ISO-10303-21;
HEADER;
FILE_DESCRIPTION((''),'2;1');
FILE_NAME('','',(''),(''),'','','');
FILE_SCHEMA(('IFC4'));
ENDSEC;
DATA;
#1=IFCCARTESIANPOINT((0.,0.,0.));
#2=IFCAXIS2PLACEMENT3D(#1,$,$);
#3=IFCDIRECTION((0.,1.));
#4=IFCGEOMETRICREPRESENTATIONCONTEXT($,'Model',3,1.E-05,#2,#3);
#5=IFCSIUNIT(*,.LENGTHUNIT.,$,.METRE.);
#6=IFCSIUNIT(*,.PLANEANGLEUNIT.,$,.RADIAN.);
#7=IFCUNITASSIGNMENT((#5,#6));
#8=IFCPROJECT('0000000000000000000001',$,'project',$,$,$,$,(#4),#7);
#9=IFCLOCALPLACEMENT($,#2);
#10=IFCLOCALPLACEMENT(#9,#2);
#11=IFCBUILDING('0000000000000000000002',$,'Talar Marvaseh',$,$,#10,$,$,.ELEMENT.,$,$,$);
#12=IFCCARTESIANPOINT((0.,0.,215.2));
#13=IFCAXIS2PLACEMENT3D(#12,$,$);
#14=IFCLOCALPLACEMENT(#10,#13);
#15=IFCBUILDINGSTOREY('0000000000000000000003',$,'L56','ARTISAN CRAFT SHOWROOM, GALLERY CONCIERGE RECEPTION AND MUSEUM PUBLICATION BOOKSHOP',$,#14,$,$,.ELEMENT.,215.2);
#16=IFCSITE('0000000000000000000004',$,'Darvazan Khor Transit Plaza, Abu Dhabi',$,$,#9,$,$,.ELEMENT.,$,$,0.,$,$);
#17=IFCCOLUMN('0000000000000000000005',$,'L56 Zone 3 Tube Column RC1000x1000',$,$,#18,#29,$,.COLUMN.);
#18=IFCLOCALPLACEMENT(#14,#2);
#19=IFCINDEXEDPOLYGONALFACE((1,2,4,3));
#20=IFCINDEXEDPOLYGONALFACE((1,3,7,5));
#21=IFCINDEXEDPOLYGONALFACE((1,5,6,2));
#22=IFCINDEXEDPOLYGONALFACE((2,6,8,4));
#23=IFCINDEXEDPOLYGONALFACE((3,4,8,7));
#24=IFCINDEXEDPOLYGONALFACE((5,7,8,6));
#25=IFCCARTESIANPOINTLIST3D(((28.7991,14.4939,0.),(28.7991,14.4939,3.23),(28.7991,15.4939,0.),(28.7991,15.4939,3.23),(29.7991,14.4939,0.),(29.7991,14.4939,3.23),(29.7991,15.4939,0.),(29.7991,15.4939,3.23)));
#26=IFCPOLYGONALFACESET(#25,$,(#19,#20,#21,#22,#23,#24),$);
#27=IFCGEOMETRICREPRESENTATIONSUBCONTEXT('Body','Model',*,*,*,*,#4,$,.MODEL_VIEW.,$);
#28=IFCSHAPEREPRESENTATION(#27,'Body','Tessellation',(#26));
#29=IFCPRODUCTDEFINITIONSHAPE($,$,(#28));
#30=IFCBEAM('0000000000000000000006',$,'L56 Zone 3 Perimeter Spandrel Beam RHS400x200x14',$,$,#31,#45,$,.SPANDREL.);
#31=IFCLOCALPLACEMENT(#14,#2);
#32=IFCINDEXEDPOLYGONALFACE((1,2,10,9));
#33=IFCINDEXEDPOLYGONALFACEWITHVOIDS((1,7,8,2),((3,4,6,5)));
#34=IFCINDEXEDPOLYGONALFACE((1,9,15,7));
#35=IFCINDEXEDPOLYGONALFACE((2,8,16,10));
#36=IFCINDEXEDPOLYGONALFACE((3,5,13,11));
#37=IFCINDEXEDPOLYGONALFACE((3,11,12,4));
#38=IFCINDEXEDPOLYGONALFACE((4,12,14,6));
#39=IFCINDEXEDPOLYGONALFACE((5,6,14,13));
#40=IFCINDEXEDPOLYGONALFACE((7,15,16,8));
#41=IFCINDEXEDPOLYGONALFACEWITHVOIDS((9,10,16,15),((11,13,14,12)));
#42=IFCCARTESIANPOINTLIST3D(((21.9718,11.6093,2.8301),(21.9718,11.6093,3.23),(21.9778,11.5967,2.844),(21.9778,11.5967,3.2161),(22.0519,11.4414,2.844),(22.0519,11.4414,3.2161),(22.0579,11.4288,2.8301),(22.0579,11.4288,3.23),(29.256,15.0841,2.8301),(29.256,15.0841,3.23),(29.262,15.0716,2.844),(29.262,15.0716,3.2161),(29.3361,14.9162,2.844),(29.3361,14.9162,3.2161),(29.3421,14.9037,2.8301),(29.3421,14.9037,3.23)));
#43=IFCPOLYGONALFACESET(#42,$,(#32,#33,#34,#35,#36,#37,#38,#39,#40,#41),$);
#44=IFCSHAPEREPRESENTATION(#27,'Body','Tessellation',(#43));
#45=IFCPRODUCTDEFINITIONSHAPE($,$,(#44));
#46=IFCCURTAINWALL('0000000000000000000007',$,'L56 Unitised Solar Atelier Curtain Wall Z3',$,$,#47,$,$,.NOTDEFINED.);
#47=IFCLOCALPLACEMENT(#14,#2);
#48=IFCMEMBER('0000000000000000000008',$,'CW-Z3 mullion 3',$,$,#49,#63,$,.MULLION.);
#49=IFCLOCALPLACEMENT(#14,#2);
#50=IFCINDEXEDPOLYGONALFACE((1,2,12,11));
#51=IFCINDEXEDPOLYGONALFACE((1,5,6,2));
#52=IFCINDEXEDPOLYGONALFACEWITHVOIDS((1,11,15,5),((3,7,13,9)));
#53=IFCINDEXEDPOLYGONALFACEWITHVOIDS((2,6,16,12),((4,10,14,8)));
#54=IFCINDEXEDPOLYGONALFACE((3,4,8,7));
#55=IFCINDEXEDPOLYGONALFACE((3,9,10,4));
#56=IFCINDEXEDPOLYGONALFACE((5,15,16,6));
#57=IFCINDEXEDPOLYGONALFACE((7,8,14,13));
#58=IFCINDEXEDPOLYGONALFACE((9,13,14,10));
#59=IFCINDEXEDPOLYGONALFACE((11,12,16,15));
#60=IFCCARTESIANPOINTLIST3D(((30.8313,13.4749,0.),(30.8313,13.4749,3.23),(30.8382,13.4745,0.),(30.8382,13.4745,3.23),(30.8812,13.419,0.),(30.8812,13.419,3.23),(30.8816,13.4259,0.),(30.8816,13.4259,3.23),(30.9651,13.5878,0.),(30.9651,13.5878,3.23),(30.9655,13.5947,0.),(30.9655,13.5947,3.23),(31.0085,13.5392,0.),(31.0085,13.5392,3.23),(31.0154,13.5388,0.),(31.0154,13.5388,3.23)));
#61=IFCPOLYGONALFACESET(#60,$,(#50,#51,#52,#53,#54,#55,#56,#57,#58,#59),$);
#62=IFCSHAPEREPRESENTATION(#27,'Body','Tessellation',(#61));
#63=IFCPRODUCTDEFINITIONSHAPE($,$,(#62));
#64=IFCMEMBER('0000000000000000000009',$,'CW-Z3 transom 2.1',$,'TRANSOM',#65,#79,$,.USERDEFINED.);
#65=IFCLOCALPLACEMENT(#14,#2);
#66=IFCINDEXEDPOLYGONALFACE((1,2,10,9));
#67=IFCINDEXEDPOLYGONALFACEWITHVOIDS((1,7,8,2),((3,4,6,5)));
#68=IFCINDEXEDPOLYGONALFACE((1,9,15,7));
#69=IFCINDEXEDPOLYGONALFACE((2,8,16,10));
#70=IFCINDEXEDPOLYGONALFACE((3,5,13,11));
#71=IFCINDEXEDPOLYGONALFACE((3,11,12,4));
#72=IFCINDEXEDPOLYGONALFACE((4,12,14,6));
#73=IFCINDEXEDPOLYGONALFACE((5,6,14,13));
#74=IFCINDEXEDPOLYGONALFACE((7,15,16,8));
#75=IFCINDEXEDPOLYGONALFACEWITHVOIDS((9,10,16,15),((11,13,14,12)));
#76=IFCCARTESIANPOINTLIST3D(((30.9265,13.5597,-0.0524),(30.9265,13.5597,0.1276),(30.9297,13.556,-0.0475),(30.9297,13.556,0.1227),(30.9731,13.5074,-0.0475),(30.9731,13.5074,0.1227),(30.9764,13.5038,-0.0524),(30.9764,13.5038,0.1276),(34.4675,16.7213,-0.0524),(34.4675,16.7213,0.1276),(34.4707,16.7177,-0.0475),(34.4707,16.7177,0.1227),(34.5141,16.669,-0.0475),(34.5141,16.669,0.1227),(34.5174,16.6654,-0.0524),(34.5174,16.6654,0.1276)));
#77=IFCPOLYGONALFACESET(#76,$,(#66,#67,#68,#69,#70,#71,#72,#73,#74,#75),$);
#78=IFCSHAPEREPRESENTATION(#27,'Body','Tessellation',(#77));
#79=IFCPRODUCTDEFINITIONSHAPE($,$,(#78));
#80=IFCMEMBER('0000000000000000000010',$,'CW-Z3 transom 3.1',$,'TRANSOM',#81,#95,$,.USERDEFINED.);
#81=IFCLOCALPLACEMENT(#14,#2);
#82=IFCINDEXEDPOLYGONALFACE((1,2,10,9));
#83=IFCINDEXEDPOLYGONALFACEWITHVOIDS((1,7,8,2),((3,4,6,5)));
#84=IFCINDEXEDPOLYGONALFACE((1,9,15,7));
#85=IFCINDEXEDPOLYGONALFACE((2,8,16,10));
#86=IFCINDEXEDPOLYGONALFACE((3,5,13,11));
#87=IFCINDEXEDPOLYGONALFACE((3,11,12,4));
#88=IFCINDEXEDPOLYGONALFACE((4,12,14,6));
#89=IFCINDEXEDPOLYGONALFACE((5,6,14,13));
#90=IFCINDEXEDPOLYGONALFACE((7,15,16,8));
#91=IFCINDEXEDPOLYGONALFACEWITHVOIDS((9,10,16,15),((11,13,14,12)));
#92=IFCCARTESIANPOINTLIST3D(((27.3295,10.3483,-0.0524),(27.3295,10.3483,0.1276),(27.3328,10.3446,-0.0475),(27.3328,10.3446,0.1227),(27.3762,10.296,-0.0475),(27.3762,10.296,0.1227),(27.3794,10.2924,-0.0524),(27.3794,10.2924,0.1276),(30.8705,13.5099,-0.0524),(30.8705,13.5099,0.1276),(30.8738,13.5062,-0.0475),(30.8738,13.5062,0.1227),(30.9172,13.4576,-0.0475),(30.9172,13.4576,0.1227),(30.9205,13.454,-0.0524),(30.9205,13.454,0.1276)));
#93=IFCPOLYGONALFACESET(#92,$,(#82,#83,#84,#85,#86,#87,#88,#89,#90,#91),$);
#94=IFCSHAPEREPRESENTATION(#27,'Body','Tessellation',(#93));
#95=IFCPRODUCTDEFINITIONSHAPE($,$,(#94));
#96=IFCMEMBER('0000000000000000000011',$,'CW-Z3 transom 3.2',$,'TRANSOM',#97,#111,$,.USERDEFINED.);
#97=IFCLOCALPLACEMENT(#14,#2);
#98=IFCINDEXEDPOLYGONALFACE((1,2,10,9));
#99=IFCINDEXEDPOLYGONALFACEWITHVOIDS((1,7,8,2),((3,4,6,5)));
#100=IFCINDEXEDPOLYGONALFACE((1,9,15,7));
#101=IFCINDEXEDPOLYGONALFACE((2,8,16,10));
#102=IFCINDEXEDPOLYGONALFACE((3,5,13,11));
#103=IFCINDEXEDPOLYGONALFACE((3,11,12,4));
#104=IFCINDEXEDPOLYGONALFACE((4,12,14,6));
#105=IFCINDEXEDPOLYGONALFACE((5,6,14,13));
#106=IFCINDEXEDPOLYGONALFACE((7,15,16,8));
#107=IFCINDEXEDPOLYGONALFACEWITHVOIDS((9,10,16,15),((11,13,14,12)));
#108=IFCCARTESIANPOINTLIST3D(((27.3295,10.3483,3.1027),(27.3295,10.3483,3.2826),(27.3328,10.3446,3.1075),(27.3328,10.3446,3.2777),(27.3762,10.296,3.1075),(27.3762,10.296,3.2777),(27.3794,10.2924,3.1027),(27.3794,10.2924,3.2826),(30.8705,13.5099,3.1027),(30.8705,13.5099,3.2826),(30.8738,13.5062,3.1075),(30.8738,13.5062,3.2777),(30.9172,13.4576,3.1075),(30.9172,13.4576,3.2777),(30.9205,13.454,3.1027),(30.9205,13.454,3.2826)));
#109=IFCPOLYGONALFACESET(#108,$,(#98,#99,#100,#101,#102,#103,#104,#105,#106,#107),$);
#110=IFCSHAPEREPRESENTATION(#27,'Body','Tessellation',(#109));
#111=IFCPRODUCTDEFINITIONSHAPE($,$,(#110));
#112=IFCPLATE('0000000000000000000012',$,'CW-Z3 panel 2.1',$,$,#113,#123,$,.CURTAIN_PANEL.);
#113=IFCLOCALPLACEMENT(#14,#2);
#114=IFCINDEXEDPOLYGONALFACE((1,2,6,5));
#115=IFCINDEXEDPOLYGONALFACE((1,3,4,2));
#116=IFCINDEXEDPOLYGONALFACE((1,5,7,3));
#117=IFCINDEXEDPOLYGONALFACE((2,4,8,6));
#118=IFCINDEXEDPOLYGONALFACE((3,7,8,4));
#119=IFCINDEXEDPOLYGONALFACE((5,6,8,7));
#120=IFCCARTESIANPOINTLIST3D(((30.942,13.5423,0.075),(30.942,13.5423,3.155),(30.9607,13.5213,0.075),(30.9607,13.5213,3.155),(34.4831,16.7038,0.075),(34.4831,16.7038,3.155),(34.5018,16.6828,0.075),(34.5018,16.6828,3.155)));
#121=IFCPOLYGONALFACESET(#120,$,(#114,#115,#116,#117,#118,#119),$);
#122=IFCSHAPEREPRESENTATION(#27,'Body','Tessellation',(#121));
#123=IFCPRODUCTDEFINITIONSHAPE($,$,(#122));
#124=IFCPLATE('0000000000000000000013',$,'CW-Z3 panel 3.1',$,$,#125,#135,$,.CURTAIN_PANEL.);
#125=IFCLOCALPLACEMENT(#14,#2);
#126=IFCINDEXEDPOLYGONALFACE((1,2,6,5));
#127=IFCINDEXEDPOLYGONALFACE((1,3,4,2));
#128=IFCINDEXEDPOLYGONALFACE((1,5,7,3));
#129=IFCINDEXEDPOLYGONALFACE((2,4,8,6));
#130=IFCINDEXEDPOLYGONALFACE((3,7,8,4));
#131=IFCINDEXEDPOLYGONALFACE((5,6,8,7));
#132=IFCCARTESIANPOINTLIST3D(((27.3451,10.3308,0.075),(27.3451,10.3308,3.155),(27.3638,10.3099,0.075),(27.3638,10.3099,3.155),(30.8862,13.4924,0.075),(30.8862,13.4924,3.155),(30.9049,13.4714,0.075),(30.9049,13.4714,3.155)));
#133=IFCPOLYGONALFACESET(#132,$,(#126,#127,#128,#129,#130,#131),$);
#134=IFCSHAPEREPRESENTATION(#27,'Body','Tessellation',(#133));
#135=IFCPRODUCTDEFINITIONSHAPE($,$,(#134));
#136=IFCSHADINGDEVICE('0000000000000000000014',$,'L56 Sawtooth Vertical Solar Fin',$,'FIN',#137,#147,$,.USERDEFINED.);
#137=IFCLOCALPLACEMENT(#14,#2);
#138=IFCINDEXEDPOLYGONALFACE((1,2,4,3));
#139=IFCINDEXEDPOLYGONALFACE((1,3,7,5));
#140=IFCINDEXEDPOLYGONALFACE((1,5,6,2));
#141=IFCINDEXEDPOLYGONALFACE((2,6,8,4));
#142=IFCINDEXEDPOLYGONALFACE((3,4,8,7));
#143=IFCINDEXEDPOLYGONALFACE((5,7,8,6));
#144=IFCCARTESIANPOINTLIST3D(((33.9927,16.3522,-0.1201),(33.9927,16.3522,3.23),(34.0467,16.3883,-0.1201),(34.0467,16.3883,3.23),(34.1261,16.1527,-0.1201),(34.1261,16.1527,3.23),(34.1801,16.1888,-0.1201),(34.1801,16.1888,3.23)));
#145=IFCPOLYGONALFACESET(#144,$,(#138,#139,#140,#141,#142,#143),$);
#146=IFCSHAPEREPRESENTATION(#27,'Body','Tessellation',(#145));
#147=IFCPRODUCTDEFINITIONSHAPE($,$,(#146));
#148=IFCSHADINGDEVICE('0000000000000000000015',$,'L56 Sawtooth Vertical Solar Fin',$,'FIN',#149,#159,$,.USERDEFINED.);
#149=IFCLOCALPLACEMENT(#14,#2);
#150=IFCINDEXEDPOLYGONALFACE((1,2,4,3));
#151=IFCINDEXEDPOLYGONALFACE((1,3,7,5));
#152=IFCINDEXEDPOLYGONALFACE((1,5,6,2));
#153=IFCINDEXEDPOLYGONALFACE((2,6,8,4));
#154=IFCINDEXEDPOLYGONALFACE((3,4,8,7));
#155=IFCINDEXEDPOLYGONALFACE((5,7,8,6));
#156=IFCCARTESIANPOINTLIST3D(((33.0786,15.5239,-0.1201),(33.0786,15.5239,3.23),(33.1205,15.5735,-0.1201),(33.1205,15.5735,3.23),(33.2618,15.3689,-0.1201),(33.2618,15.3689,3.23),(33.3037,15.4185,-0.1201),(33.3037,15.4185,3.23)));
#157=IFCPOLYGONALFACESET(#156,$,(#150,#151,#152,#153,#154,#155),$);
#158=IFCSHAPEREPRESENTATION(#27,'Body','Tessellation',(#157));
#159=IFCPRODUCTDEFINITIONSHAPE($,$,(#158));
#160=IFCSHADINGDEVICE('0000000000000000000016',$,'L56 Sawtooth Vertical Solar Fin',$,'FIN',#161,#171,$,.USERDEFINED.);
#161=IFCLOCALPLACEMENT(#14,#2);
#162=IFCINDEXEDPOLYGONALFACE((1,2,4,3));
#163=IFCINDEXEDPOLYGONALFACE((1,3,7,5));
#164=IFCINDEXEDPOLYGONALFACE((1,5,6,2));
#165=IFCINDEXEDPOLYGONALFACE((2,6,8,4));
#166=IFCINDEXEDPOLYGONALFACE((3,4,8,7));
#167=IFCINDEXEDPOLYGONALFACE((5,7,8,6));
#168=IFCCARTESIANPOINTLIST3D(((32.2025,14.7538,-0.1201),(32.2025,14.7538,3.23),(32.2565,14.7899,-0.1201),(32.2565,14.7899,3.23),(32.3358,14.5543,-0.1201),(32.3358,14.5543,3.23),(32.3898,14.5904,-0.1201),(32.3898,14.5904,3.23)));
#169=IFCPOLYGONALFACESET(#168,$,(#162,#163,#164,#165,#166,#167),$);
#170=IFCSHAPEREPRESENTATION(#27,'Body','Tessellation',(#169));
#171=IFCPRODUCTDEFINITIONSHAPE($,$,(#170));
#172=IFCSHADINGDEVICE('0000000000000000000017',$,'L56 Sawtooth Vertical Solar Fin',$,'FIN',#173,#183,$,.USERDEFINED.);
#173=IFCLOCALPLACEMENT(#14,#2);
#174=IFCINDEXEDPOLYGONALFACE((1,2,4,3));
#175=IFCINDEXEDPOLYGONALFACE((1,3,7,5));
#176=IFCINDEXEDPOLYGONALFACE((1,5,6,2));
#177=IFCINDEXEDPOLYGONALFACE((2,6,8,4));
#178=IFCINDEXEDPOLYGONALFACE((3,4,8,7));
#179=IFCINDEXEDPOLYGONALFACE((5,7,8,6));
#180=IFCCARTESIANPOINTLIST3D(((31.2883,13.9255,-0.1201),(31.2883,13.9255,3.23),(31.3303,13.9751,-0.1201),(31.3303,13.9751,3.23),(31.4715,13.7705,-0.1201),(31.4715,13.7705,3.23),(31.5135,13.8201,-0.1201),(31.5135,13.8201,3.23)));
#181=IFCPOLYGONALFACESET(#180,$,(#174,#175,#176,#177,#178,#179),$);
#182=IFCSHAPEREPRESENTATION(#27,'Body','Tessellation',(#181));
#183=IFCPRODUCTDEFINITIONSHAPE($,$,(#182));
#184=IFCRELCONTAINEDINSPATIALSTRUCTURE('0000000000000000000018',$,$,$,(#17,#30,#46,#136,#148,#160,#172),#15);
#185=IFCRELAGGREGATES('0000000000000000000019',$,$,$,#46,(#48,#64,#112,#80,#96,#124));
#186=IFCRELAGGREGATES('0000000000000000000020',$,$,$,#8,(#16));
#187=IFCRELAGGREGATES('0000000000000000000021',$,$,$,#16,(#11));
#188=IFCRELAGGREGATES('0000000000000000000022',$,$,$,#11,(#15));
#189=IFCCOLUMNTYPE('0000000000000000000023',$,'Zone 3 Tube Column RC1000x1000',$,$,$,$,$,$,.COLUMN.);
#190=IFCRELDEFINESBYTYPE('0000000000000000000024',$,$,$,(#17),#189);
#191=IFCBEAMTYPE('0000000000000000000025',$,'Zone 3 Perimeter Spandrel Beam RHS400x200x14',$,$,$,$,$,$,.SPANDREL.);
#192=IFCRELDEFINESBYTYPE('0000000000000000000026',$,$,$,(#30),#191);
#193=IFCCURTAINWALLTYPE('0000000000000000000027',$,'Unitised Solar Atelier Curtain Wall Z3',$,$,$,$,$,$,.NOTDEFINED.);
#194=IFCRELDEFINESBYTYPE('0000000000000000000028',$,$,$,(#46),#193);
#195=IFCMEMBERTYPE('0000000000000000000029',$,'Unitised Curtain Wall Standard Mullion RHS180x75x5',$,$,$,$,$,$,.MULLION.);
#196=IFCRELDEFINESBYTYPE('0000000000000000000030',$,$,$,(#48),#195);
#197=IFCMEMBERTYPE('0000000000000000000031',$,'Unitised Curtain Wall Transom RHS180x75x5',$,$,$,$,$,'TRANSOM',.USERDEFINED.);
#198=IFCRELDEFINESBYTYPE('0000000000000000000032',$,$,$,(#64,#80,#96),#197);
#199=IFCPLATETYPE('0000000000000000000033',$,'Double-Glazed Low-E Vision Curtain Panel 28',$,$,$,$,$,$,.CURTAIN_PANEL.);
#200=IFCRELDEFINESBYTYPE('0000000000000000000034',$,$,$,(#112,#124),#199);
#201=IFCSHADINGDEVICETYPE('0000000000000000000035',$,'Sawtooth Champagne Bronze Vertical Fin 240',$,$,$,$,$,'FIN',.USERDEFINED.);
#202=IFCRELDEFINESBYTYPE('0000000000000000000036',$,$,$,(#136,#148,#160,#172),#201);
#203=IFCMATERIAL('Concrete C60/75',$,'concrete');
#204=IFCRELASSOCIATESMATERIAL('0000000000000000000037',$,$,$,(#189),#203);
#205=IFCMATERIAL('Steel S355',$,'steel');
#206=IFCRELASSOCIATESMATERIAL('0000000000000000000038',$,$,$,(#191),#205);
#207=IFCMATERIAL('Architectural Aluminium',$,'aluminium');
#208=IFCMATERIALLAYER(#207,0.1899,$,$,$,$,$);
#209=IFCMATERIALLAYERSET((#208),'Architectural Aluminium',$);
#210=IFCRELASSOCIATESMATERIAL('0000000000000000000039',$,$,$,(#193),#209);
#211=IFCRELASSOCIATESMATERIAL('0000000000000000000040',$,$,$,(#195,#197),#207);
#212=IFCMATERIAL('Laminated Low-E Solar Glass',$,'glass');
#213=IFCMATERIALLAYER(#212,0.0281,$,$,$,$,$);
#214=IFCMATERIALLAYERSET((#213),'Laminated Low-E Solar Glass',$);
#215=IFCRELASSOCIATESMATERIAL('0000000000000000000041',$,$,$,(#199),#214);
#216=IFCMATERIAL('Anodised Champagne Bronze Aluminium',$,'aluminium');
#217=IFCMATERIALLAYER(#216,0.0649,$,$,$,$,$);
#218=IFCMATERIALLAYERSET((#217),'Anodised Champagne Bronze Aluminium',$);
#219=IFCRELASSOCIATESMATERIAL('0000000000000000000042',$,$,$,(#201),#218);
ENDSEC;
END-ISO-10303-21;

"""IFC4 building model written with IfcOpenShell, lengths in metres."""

from ifc_helpers import new_model, si_unit, direction, frame, origin, origin_2d, place, context, subcontext, project, spatial, rectangle, hollow_rectangle, extrude, source, transform, mapped, material, layer, layer_set, material_profile, profile_set, type_object, type_shapes, element, aggregate, save


model = new_model("IFC4")

# Units and contexts
model_context = context("Model", 3, precision=1e-05, world=origin(), true_north=direction((0.0, 1.0)))
body_context = subcontext(model_context, "Body", "Model", "MODEL_VIEW")
ifc_project = project(units=[si_unit("LENGTHUNIT", "METRE"), si_unit("PLANEANGLEUNIT", "RADIAN")], contexts=[model_context])

# Site, building, storey
site_placement = place(None, origin())
site = spatial("IfcSite", under=ifc_project, at=site_placement, Name="Darvazan Khor Transit Plaza, Abu Dhabi", CompositionType="ELEMENT", RefElevation=0.0)
building_placement = place(site_placement, origin())
building = spatial("IfcBuilding", under=site, at=building_placement, Name="Talar Marvaseh", CompositionType="ELEMENT")
storey_placement = place(building_placement, frame((0.0, 0.0, 215.2)))
storey = spatial("IfcBuildingStorey", under=building, at=storey_placement, Name="L56", Description="ARTISAN CRAFT SHOWROOM, GALLERY CONCIERGE RECEPTION AND MUSEUM PUBLICATION BOOKSHOP", CompositionType="ELEMENT", Elevation=215.2)

# Column
ifc_material_1 = material(Name="Concrete C60/75", Category="concrete")
ifc_material_profile_1 = material_profile(ifc_material_1, rectangle(XDim=1.0, YDim=1.0, at=origin_2d()), Name="RC1000x1000")
ifc_profile_set_1 = profile_set([ifc_material_profile_1], Name="Concrete C60/75")
column_type = type_object("IfcColumnType", Name="Zone 3 Tube Column RC1000x1000", PredefinedType="COLUMN", material=ifc_profile_set_1)
column_placement = place(storey_placement, frame((29.2991, 14.9939, 0.0), z_axis=(0.0, 0.0, 1.0), x_axis=(1.0, 0.0, 0.0)))
element("IfcColumn", 1, at=column_placement, inside=storey, type_object=column_type, Name="L56 Zone 3 Tube Column RC1000x1000", PredefinedType="COLUMN", context=body_context, shape_type="SweptSolid", body=[
    extrude(rectangle(XDim=1.0, YDim=1.0, at=origin_2d()), origin(), (0.0, 0.0, 1.0), 3.23),
])

# Beam
ifc_material_2 = material(Name="Steel S355", Category="steel")
ifc_material_profile_2 = material_profile(ifc_material_2, hollow_rectangle(XDim=0.2, YDim=0.3999, WallThickness=0.0139, at=origin_2d()), Name="RHS400x200x14")
ifc_profile_set_2 = profile_set([ifc_material_profile_2], Name="Steel S355")
beam_type = type_object("IfcBeamType", Name="Zone 3 Perimeter Spandrel Beam RHS400x200x14", PredefinedType="SPANDREL", material=ifc_profile_set_2)
beam_placement = place(storey_placement, frame((29.2991, 14.9939, 3.03), z_axis=(-0.902562, -0.430559, 0.0), x_axis=(0.430559, -0.902562, 0.0)))
element("IfcBeam", 2, at=beam_placement, inside=storey, type_object=beam_type, Name="L56 Zone 3 Perimeter Spandrel Beam RHS400x200x14", PredefinedType="SPANDREL", context=body_context, shape_type="SweptSolid", body=[
    extrude(hollow_rectangle(XDim=0.2, YDim=0.3999, WallThickness=0.0139, at=origin_2d()), origin(), (0.0, 0.0, 1.0), 8.0706),
])

# Curtain wall, members, plates
ifc_material_3 = material(Name="Architectural Aluminium", Category="aluminium")
ifc_layer_1 = layer(ifc_material_3, 0.1899)
ifc_layer_set_1 = layer_set([ifc_layer_1], Name="Architectural Aluminium")
curtain_wall_type = type_object("IfcCurtainWallType", Name="Unitised Solar Atelier Curtain Wall Z3", PredefinedType="NOTDEFINED", material=ifc_layer_set_1)
curtain_wall_placement = place(storey_placement, origin())
curtain_wall = element("IfcCurtainWall", 3, at=curtain_wall_placement, inside=storey, type_object=curtain_wall_type, Name="L56 Unitised Solar Atelier Curtain Wall Z3", PredefinedType="NOTDEFINED")
ifc_material_profile_3 = material_profile(ifc_material_3, hollow_rectangle(XDim=0.075, YDim=0.1799, WallThickness=0.0049, at=origin_2d()), Name="RHS180x75x5")
ifc_profile_set_3 = profile_set([ifc_material_profile_3], Name="Architectural Aluminium")
member_type_1 = type_object("IfcMemberType", Name="Unitised Curtain Wall Standard Mullion RHS180x75x5", PredefinedType="MULLION", material=ifc_profile_set_3)
shared_shape_1 = source(origin(), body_context, "Body", "SweptSolid", [
    extrude(hollow_rectangle(XDim=0.075, YDim=0.1799, WallThickness=0.0049, at=origin_2d()), origin(), (0.0, 0.0, 1.0), 3.23),
])
type_shapes(member_type_1, [shared_shape_1])
member_1_placement = place(storey_placement, frame((30.9233, 13.5068, 0.0), z_axis=(0.0, 0.0, 1.0), x_axis=(0.665998, -0.745954, 0.0)))
member_1 = element("IfcMember", 4, at=member_1_placement, type_object=member_type_1, Name="CW-Z3 mullion 3", PredefinedType="MULLION", context=body_context, shape_type="MappedRepresentation", body=[
    mapped(shared_shape_1, transform((0.0, 0.0, 0.0), x_axis=(1.0, 0.0, 0.0), y_axis=(0.0, 1.0, 0.0), z_axis=(0.0, 0.0, 1.0), scale=1.0)),
])
ifc_material_profile_4 = material_profile(ifc_material_3, hollow_rectangle(XDim=0.075, YDim=0.1799, WallThickness=0.0049, at=origin_2d()), Name="RHS180x75x5")
ifc_profile_set_4 = profile_set([ifc_material_profile_4], Name="Architectural Aluminium")
member_type_2 = type_object("IfcMemberType", Name="Unitised Curtain Wall Transom RHS180x75x5", ElementType="TRANSOM", PredefinedType="USERDEFINED", material=ifc_profile_set_4)
shared_shape_2 = source(origin(), body_context, "Body", "SweptSolid", [
    extrude(hollow_rectangle(XDim=0.075, YDim=0.1799, WallThickness=0.0049, at=origin_2d()), origin(), (0.0, 0.0, 1.0), 4.7471),
])
type_shapes(member_type_2, [shared_shape_2])
member_2_placement = place(storey_placement, frame((34.4924, 16.6934, 0.0376), z_axis=(-0.745938, -0.666016, 0.0), x_axis=(0.666016, -0.745938, 0.0)))
member_2 = element("IfcMember", 5, at=member_2_placement, type_object=member_type_2, Name="CW-Z3 transom 2.1", ObjectType="TRANSOM", PredefinedType="USERDEFINED", context=body_context, shape_type="MappedRepresentation", body=[
    mapped(shared_shape_2, transform((0.0, 0.0, 0.0), x_axis=(1.0, 0.0, 0.0), y_axis=(0.0, 1.0, 0.0), z_axis=(0.0, 0.0, 1.0), scale=1.0)),
])
member_3_placement = place(storey_placement, frame((30.8955, 13.4819, 0.0376), z_axis=(-0.745938, -0.666016, 0.0), x_axis=(0.666016, -0.745938, 0.0)))
member_3 = element("IfcMember", 6, at=member_3_placement, type_object=member_type_2, Name="CW-Z3 transom 3.1", ObjectType="TRANSOM", PredefinedType="USERDEFINED", context=body_context, shape_type="MappedRepresentation", body=[
    mapped(shared_shape_2, transform((0.0, 0.0, 0.0), x_axis=(1.0, 0.0, 0.0), y_axis=(0.0, 1.0, 0.0), z_axis=(0.0, 0.0, 1.0), scale=1.0)),
])
member_4_placement = place(storey_placement, frame((30.8955, 13.4819, 3.1926), z_axis=(-0.745938, -0.666016, 0.0), x_axis=(0.666016, -0.745938, 0.0)))
member_4 = element("IfcMember", 7, at=member_4_placement, type_object=member_type_2, Name="CW-Z3 transom 3.2", ObjectType="TRANSOM", PredefinedType="USERDEFINED", context=body_context, shape_type="MappedRepresentation", body=[
    mapped(shared_shape_2, transform((0.0, 0.0, 0.0), x_axis=(1.0, 0.0, 0.0), y_axis=(0.0, 1.0, 0.0), z_axis=(0.0, 0.0, 1.0), scale=1.0)),
])
ifc_material_4 = material(Name="Laminated Low-E Solar Glass", Category="glass")
ifc_layer_2 = layer(ifc_material_4, 0.0281)
ifc_layer_set_2 = layer_set([ifc_layer_2], Name="Laminated Low-E Solar Glass")
plate_type = type_object("IfcPlateType", Name="Double-Glazed Low-E Vision Curtain Panel 28", PredefinedType="CURTAIN_PANEL", material=ifc_layer_set_2)
shared_shape_3 = source(origin(), body_context, "Body", "SweptSolid", [
    extrude(rectangle(XDim=4.7471, YDim=0.0281, at=origin_2d()), origin(), (0.0, 0.0, 1.0), 3.0801),
])
type_shapes(plate_type, [shared_shape_3])
plate_1_placement = place(storey_placement, frame((32.7219, 15.1125, 0.075), z_axis=(0.0, 0.0, 1.0), x_axis=(-0.745954, -0.665998, 0.0)))
plate_1 = element("IfcPlate", 8, at=plate_1_placement, type_object=plate_type, Name="CW-Z3 panel 2.1", PredefinedType="CURTAIN_PANEL", context=body_context, shape_type="MappedRepresentation", body=[
    mapped(shared_shape_3, transform((0.0, 0.0, 0.0), x_axis=(1.0, 0.0, 0.0), y_axis=(0.0, 1.0, 0.0), z_axis=(0.0, 0.0, 1.0), scale=1.0)),
])
plate_2_placement = place(storey_placement, frame((29.125, 11.9011, 0.075), z_axis=(0.0, 0.0, 1.0), x_axis=(-0.745954, -0.665998, 0.0)))
plate_2 = element("IfcPlate", 9, at=plate_2_placement, type_object=plate_type, Name="CW-Z3 panel 3.1", PredefinedType="CURTAIN_PANEL", context=body_context, shape_type="MappedRepresentation", body=[
    mapped(shared_shape_3, transform((0.0, 0.0, 0.0), x_axis=(1.0, 0.0, 0.0), y_axis=(0.0, 1.0, 0.0), z_axis=(0.0, 0.0, 1.0), scale=1.0)),
])
aggregate(curtain_wall, [member_1, member_2, plate_1, member_3, member_4, plate_2])

# Shading devices
ifc_material_5 = material(Name="Anodised Champagne Bronze Aluminium", Category="aluminium")
ifc_layer_3 = layer(ifc_material_5, 0.0649)
ifc_layer_set_3 = layer_set([ifc_layer_3], Name="Anodised Champagne Bronze Aluminium")
shading_device_type = type_object("IfcShadingDeviceType", Name="Sawtooth Champagne Bronze Vertical Fin 240", ElementType="FIN", PredefinedType="USERDEFINED", material=ifc_layer_set_3)
shared_shape_4 = source(origin(), body_context, "Body", "SweptSolid", [
    extrude(rectangle(XDim=0.24, YDim=0.0649, at=origin_2d()), origin(), (0.0, 0.0, 1.0), 3.3501),
])
type_shapes(shading_device_type, [shared_shape_4])
for number, where, z_axis, x_axis, name in (
    (10, (34.0864, 16.2705, -0.1201), (0.0, 0.0, 1.0), (0.555715, -0.831373, 0.0), "L56 Sawtooth Vertical Solar Fin"),
    (11, (33.1912, 15.4712, -0.1201), (0.0, 0.0, 1.0), (0.763345, -0.645991, 0.0), "L56 Sawtooth Vertical Solar Fin"),
    (12, (32.2961, 14.6721, -0.1201), (0.0, 0.0, 1.0), (0.555715, -0.831373, 0.0), "L56 Sawtooth Vertical Solar Fin"),
    (13, (31.4009, 13.8728, -0.1201), (0.0, 0.0, 1.0), (0.763345, -0.645991, 0.0), "L56 Sawtooth Vertical Solar Fin"),
):
    element("IfcShadingDevice", number, at=place(storey_placement, frame(where, z_axis=z_axis, x_axis=x_axis)), inside=storey, type_object=shading_device_type, Name=name, ObjectType="FIN", PredefinedType="USERDEFINED", context=body_context, shape_type="MappedRepresentation", body=[
        mapped(shared_shape_4, transform((0.0, 0.0, 0.0), x_axis=(1.0, 0.0, 0.0), y_axis=(0.0, 1.0, 0.0), z_axis=(0.0, 0.0, 1.0), scale=1.0)),
    ])

save(model, "model.ifc")
